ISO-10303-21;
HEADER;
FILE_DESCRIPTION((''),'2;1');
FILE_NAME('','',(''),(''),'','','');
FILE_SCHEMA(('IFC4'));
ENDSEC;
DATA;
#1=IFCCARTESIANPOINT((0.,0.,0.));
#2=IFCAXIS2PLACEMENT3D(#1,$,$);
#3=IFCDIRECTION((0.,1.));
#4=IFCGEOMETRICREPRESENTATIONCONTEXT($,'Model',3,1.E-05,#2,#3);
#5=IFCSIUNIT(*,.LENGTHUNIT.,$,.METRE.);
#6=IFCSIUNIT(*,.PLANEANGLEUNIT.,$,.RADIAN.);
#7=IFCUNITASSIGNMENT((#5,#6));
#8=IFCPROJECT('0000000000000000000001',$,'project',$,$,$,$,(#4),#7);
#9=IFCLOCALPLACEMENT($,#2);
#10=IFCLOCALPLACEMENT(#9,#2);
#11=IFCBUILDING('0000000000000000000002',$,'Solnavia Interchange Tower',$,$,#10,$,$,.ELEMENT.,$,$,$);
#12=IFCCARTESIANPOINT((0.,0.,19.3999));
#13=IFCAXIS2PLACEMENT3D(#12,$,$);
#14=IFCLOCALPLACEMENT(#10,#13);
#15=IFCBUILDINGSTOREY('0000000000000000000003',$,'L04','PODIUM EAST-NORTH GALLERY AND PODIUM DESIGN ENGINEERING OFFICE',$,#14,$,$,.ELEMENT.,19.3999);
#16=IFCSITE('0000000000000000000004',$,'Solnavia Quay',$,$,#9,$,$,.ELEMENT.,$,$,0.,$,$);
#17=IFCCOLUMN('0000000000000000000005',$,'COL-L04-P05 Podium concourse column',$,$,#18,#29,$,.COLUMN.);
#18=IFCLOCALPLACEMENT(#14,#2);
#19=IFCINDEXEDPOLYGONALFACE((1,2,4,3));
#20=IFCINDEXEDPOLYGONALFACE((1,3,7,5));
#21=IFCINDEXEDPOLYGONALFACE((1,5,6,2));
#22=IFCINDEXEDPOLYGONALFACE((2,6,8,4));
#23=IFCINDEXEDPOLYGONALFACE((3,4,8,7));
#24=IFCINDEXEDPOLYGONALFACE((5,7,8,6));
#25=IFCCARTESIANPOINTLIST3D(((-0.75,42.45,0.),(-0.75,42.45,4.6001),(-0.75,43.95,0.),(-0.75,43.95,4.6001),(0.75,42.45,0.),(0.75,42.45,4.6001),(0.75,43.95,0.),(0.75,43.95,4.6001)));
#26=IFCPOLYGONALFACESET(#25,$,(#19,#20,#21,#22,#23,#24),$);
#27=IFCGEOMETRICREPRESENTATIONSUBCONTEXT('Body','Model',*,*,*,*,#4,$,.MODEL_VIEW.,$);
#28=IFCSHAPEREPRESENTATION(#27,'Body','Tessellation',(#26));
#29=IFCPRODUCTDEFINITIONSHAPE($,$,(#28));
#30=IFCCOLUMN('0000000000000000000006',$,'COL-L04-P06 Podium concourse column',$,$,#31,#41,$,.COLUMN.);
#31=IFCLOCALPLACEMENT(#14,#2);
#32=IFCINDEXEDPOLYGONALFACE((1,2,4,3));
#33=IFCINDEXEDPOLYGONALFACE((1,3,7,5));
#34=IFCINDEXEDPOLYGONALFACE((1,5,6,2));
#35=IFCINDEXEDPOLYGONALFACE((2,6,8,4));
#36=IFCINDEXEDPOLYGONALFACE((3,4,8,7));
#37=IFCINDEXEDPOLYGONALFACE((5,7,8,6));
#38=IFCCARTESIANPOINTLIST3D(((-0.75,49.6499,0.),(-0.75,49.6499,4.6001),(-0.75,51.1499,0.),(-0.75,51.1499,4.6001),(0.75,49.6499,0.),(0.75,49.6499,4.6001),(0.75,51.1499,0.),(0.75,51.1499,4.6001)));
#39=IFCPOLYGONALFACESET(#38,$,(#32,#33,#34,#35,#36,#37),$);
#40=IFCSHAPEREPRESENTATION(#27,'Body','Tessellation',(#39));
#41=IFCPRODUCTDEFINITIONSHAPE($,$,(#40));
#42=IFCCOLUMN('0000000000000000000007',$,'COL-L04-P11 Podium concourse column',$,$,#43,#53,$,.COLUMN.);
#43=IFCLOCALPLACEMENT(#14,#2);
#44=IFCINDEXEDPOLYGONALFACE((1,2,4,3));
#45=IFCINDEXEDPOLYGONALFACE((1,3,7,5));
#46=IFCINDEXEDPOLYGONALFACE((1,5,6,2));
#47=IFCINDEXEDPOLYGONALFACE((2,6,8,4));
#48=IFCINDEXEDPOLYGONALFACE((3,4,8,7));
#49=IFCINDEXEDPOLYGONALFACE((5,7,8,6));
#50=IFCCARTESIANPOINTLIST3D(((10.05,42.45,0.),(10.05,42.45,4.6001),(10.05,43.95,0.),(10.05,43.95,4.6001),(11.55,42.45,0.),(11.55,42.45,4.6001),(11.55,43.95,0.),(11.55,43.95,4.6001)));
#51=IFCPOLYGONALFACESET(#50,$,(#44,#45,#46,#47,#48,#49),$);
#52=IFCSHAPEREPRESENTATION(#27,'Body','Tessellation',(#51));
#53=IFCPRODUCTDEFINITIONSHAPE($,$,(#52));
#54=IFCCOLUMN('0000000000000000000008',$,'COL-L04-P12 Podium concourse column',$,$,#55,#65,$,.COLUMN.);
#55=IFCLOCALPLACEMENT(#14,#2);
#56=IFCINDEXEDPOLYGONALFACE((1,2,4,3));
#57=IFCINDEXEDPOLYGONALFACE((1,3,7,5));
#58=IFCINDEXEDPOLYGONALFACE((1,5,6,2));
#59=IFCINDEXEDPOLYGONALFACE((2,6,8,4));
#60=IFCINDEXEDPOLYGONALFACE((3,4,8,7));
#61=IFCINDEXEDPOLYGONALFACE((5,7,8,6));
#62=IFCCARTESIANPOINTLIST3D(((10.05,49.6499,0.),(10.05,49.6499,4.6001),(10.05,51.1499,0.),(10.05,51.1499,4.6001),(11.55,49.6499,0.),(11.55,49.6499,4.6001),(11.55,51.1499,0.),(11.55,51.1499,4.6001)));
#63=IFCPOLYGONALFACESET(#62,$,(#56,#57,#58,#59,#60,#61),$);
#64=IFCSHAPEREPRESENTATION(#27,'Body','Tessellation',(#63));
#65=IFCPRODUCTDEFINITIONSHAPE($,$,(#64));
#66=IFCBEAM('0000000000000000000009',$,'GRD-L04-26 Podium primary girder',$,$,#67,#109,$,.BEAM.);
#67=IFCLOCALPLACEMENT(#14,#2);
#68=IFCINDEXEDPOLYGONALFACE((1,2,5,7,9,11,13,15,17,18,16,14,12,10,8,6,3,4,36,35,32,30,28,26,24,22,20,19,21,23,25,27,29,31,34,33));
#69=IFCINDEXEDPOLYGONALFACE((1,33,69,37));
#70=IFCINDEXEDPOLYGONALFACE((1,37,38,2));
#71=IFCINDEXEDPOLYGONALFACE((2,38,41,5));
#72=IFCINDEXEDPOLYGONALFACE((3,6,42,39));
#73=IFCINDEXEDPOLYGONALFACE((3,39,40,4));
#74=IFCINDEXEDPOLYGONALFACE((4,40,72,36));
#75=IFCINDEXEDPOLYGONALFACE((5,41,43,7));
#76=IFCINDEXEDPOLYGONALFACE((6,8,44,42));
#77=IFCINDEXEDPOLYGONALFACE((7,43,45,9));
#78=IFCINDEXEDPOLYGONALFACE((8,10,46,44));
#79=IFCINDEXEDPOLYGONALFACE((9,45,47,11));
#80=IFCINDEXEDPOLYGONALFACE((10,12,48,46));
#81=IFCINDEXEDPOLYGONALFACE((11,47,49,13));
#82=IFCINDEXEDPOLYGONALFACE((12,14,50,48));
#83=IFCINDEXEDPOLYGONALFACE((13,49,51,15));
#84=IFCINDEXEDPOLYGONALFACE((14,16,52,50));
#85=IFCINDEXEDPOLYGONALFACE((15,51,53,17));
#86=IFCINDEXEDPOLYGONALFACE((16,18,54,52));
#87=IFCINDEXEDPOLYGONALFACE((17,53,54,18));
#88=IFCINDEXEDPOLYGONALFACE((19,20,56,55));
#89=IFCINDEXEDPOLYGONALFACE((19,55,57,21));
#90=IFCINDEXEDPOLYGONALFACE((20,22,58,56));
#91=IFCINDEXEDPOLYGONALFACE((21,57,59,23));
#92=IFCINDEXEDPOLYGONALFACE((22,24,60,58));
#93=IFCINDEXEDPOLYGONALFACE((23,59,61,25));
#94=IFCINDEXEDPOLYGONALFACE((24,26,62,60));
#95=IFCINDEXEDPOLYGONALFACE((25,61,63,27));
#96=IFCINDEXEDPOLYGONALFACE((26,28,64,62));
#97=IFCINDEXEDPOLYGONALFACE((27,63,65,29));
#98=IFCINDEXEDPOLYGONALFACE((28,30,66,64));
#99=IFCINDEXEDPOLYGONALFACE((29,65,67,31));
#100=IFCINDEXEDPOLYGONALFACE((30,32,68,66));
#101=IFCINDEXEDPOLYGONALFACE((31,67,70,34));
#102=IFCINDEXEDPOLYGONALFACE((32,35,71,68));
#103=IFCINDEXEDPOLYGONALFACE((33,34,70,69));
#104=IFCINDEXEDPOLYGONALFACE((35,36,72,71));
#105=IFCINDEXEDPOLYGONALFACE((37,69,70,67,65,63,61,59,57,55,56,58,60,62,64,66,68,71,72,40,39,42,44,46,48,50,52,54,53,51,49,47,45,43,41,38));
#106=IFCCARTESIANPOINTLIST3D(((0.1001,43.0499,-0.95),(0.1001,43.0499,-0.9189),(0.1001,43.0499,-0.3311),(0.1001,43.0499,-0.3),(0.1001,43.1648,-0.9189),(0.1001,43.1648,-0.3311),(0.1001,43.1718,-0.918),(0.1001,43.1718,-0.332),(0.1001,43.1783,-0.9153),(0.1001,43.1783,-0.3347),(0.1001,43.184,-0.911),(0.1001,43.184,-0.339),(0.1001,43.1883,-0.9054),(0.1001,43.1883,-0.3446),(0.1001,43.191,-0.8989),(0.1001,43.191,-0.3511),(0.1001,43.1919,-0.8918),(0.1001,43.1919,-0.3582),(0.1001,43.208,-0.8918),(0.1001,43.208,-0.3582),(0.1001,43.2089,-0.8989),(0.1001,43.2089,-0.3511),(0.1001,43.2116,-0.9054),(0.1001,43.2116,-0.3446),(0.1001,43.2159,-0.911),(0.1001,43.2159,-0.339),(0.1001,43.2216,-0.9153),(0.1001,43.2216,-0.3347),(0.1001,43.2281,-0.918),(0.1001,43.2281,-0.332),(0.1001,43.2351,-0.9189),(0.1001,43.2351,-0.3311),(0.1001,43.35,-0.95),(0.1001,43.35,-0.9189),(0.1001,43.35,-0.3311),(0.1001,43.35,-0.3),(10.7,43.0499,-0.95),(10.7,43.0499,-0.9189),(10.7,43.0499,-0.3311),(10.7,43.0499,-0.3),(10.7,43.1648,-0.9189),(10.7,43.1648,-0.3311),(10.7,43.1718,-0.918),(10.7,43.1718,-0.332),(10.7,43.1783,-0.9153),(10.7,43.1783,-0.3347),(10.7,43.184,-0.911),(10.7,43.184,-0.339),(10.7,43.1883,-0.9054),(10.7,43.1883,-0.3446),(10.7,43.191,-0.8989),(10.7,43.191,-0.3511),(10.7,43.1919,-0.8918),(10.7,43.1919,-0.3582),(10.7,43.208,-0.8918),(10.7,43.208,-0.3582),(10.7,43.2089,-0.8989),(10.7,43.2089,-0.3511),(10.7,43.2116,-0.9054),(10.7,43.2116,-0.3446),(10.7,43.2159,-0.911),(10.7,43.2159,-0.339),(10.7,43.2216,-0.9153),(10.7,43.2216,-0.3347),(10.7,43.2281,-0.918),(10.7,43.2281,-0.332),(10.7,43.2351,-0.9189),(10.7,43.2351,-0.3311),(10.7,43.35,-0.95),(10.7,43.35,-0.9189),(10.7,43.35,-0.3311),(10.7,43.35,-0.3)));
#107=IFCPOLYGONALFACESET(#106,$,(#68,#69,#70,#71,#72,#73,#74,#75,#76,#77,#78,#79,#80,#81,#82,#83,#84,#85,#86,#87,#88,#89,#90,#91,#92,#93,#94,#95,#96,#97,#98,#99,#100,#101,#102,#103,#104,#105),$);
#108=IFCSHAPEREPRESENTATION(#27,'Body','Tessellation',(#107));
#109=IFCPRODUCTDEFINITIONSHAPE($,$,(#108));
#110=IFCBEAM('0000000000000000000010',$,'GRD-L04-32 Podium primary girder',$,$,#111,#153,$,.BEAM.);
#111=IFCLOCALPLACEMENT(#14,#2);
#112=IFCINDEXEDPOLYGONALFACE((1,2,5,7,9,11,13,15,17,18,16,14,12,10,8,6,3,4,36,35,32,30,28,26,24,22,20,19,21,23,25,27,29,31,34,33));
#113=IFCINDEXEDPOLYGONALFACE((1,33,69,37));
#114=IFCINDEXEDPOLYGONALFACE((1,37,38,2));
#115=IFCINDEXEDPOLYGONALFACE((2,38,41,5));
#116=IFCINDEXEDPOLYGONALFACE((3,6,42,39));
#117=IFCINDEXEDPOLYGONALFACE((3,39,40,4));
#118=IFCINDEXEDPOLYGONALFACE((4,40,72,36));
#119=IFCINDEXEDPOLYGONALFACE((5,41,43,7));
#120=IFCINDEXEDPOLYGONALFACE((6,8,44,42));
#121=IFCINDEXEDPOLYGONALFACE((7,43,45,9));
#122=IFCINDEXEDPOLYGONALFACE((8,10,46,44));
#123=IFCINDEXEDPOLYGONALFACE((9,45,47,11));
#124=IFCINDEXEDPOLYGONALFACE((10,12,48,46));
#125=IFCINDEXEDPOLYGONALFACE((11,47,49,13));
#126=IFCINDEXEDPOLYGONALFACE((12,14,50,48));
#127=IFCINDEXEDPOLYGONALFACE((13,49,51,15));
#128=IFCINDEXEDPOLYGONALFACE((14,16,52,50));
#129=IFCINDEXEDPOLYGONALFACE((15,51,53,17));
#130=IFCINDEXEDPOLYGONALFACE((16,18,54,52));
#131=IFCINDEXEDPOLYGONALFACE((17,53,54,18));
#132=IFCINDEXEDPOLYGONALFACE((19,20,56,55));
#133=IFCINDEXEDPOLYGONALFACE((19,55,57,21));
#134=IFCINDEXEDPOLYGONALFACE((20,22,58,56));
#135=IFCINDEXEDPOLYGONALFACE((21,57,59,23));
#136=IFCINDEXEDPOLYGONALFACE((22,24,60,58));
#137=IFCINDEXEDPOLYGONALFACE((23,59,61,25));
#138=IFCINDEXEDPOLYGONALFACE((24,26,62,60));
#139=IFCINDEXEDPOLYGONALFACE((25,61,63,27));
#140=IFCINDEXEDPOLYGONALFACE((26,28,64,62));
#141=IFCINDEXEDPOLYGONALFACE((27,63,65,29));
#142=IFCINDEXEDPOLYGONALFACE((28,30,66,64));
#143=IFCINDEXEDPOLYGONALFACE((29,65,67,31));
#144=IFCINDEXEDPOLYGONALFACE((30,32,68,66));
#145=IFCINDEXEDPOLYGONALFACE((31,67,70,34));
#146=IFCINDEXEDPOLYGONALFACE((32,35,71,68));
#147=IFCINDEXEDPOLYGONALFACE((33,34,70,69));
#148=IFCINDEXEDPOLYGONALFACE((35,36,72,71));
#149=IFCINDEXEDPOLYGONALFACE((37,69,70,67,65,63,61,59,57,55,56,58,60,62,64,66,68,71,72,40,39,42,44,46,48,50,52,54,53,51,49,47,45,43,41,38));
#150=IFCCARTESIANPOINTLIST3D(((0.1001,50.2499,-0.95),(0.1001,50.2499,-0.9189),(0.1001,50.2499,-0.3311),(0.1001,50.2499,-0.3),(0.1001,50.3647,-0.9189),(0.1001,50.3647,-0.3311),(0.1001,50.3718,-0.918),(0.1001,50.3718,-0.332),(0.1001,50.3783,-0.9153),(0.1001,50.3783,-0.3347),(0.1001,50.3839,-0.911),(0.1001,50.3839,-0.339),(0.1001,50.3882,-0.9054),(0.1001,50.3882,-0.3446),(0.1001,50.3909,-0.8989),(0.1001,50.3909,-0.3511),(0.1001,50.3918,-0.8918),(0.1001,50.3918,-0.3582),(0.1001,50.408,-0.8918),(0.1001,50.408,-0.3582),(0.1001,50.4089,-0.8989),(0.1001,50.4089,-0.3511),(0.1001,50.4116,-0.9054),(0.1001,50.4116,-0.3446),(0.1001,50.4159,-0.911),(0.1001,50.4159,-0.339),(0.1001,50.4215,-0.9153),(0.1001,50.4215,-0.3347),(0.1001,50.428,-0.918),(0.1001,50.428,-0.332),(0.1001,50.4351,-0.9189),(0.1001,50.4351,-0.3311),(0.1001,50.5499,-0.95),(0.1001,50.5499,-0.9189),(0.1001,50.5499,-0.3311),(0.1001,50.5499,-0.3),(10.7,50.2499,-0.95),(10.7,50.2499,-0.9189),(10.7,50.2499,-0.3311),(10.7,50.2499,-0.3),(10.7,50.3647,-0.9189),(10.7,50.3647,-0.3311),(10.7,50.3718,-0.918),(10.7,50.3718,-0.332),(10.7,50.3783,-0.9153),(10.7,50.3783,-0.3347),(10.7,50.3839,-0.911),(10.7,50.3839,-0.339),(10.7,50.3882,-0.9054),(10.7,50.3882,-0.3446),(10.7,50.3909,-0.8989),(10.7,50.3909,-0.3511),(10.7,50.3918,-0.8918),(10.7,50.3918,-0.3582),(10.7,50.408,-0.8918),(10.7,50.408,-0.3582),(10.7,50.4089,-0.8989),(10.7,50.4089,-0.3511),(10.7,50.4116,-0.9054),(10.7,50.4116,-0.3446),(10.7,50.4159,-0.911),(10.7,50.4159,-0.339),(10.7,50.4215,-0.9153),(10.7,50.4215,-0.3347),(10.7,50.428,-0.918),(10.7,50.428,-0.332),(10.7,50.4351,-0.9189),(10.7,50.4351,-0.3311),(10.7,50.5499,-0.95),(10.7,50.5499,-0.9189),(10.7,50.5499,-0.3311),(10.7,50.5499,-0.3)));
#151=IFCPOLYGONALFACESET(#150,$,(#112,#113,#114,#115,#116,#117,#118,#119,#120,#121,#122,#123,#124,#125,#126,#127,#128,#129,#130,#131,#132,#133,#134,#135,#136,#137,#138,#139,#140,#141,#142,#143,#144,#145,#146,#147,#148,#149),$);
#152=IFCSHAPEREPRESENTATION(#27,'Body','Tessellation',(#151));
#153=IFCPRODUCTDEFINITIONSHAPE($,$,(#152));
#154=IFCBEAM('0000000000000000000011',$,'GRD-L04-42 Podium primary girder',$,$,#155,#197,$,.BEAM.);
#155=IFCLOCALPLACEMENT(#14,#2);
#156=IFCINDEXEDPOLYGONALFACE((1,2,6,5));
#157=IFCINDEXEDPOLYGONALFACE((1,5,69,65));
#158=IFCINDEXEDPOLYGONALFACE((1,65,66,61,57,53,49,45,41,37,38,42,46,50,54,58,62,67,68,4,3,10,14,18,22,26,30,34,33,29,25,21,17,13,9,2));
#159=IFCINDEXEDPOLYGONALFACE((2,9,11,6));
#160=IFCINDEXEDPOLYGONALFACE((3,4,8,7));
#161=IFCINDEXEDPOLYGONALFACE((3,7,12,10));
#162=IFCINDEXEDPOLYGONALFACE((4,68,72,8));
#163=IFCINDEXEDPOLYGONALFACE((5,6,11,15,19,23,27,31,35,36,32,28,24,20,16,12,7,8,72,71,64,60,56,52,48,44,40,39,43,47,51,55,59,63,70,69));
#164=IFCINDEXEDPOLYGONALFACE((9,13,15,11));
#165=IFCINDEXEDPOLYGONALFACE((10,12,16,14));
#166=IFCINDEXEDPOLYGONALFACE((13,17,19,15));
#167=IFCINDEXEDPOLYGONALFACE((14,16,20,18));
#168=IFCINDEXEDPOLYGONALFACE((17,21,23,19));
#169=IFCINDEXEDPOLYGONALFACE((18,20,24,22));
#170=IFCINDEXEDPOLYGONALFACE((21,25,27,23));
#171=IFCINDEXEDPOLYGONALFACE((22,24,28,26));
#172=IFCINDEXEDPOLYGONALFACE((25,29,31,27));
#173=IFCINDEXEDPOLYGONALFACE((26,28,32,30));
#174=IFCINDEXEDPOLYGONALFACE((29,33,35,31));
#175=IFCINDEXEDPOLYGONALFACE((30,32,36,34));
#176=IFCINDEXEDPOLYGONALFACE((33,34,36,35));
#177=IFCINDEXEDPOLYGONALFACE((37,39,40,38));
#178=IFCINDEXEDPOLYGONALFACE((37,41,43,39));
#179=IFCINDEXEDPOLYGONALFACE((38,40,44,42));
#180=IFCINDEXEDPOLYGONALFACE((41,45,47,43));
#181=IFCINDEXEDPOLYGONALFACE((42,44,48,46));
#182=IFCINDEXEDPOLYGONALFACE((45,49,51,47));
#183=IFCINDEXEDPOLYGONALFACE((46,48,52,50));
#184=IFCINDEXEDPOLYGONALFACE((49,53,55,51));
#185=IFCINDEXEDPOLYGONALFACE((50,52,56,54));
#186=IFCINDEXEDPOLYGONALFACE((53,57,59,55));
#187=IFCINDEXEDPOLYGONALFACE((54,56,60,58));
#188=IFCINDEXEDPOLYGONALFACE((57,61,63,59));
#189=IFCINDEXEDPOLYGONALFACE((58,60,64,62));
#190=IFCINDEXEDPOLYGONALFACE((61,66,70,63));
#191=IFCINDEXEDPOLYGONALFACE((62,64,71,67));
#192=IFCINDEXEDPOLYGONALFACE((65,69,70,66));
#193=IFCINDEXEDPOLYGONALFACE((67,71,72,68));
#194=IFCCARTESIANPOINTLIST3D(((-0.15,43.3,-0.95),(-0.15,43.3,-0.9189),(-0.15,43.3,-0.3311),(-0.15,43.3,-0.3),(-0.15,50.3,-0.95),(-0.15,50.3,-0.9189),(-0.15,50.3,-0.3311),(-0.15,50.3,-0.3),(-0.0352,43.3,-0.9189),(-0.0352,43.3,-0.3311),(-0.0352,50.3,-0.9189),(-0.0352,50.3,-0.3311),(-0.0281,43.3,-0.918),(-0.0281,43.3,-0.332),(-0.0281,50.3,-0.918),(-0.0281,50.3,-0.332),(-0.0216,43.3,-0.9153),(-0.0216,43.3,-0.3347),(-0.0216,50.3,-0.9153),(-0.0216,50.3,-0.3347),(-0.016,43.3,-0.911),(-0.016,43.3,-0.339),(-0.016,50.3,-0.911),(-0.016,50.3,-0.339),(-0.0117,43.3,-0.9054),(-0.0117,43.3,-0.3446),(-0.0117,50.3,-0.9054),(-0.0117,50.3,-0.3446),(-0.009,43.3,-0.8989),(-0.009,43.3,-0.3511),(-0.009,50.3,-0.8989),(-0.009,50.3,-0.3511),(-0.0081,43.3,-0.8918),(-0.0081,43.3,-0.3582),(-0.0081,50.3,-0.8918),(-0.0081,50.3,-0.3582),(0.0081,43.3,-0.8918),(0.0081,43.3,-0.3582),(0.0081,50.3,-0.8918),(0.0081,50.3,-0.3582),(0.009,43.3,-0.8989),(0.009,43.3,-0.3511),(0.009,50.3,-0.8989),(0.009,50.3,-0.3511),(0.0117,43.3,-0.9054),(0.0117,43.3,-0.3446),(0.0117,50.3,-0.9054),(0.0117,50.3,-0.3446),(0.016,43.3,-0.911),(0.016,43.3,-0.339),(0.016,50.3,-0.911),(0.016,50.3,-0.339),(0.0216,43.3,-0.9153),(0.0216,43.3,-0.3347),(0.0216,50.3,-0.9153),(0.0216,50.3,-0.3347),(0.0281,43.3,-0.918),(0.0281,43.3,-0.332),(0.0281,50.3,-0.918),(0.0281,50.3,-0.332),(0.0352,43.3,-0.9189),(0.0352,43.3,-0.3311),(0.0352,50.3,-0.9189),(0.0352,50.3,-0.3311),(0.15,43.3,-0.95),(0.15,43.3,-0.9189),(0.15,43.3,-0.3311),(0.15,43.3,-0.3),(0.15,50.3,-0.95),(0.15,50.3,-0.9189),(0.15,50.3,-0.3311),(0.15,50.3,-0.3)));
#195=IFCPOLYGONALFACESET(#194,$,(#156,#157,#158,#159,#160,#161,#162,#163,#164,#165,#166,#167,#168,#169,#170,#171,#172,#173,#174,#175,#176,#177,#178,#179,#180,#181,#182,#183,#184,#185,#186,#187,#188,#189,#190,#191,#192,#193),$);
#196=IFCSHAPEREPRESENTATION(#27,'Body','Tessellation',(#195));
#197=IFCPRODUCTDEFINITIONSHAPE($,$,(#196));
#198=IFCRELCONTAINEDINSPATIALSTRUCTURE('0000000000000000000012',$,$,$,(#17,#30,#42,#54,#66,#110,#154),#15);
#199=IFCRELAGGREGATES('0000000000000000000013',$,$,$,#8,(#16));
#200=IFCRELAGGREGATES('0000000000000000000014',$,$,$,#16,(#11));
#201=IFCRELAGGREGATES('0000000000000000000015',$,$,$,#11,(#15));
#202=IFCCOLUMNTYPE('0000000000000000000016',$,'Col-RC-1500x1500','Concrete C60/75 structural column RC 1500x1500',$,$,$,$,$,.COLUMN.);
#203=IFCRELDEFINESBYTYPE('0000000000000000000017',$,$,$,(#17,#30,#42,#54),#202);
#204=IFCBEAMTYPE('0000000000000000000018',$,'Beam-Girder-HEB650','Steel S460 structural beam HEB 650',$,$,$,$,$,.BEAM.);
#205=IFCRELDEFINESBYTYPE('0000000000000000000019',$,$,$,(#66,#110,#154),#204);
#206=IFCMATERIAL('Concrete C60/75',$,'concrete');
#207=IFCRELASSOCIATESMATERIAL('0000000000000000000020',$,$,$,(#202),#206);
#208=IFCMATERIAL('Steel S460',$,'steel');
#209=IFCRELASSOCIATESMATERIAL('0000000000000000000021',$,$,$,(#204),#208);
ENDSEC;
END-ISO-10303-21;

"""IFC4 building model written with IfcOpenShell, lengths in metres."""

from ifc_helpers import new_model, si_unit, direction, frame, origin, origin_2d, place, context, subcontext, project, spatial, rectangle, i_section, extrude, material, material_profile, profile_set, type_object, element, save


model = new_model("IFC4")

# Units and contexts
model_context = context("Model", 3, precision=1e-05, world=origin(), true_north=direction((0.0, 1.0)))
body_context = subcontext(model_context, "Body", "Model", "MODEL_VIEW")
ifc_project = project(units=[si_unit("LENGTHUNIT", "METRE"), si_unit("PLANEANGLEUNIT", "RADIAN")], contexts=[model_context])

# Site, building, storey
site_placement = place(None, origin())
site = spatial("IfcSite", under=ifc_project, at=site_placement, Name="Solnavia Quay", CompositionType="ELEMENT", RefElevation=0.0)
building_placement = place(site_placement, origin())
building = spatial("IfcBuilding", under=site, at=building_placement, Name="Solnavia Interchange Tower", CompositionType="ELEMENT")
storey_placement = place(building_placement, frame((0.0, 0.0, 19.3999)))
storey = spatial("IfcBuildingStorey", under=building, at=storey_placement, Name="L04", Description="PODIUM EAST-NORTH GALLERY AND PODIUM DESIGN ENGINEERING OFFICE", CompositionType="ELEMENT", Elevation=19.3999)

# Columns
ifc_material_1 = material(Name="Concrete C60/75", Category="concrete")
ifc_material_profile_1 = material_profile(ifc_material_1, rectangle(XDim=1.5, YDim=1.5, at=origin_2d()), Name="RC 1500x1500")
ifc_profile_set_1 = profile_set([ifc_material_profile_1], Name="Concrete C60/75")
column_type = type_object("IfcColumnType", Name="Col-RC-1500x1500", Description="Concrete C60/75 structural column RC 1500x1500", PredefinedType="COLUMN", material=ifc_profile_set_1)
for number, where, z_axis, x_axis, name in (
    (1, (0.0, 43.2, 0.0), (0.0, 0.0, 1.0), (1.0, 0.0, 0.0), "COL-L04-P05 Podium concourse column"),
    (2, (0.0, 50.3999, 0.0), (0.0, 0.0, 1.0), (1.0, 0.0, 0.0), "COL-L04-P06 Podium concourse column"),
    (3, (10.8, 43.2, 0.0), (0.0, 0.0, 1.0), (1.0, 0.0, 0.0), "COL-L04-P11 Podium concourse column"),
    (4, (10.8, 50.3999, 0.0), (0.0, 0.0, 1.0), (1.0, 0.0, 0.0), "COL-L04-P12 Podium concourse column"),
):
    element("IfcColumn", number, at=place(storey_placement, frame(where, z_axis=z_axis, x_axis=x_axis)), inside=storey, type_object=column_type, Name=name, PredefinedType="COLUMN", context=body_context, shape_type="SweptSolid", body=[
        extrude(rectangle(XDim=1.5, YDim=1.5, at=origin_2d()), origin(), (0.0, 0.0, 1.0), 4.6001),
    ])

# Beams
ifc_material_2 = material(Name="Steel S460", Category="steel")
ifc_material_profile_2 = material_profile(ifc_material_2, i_section(OverallWidth=0.3, OverallDepth=0.6499, WebThickness=0.0161, FlangeThickness=0.031, FilletRadius=0.0271, at=origin_2d()), Name="HEB 650")
ifc_profile_set_2 = profile_set([ifc_material_profile_2], Name="Steel S460")
beam_type_1 = type_object("IfcBeamType", Name="Beam-Girder-HEB650", Description="Steel S460 structural beam HEB 650", PredefinedType="BEAM", material=ifc_profile_set_2)
for number, where, z_axis, x_axis, name in (
    (5, (0.1001, 43.2, -0.625), (1.0, 0.0, 0.0), (0.0, 1.0, 0.0), "GRD-L04-26 Podium primary girder"),
    (6, (0.1001, 50.3999, -0.625), (1.0, 0.0, 0.0), (0.0, 1.0, 0.0), "GRD-L04-32 Podium primary girder"),
):
    element("IfcBeam", number, at=place(storey_placement, frame(where, z_axis=z_axis, x_axis=x_axis)), inside=storey, type_object=beam_type_1, Name=name, PredefinedType="BEAM", context=body_context, shape_type="SweptSolid", body=[
        extrude(i_section(OverallWidth=0.3, OverallDepth=0.6499, WebThickness=0.0161, FlangeThickness=0.031, FilletRadius=0.0271, at=origin_2d()), origin(), (0.0, 0.0, 1.0), 10.5999),
    ])
beam_1_placement = place(storey_placement, frame((0.0, 43.3, -0.625), z_axis=(0.0, 1.0, 0.0), x_axis=(-1.0, 0.0, 0.0)))
element("IfcBeam", 7, at=beam_1_placement, inside=storey, type_object=beam_type_1, Name="GRD-L04-42 Podium primary girder", PredefinedType="BEAM", context=body_context, shape_type="SweptSolid", body=[
    extrude(i_section(OverallWidth=0.3, OverallDepth=0.6499, WebThickness=0.0161, FlangeThickness=0.031, FilletRadius=0.0271, at=origin_2d()), origin(), (0.0, 0.0, 1.0), 7.0),
])

save(model, "model.ifc")
